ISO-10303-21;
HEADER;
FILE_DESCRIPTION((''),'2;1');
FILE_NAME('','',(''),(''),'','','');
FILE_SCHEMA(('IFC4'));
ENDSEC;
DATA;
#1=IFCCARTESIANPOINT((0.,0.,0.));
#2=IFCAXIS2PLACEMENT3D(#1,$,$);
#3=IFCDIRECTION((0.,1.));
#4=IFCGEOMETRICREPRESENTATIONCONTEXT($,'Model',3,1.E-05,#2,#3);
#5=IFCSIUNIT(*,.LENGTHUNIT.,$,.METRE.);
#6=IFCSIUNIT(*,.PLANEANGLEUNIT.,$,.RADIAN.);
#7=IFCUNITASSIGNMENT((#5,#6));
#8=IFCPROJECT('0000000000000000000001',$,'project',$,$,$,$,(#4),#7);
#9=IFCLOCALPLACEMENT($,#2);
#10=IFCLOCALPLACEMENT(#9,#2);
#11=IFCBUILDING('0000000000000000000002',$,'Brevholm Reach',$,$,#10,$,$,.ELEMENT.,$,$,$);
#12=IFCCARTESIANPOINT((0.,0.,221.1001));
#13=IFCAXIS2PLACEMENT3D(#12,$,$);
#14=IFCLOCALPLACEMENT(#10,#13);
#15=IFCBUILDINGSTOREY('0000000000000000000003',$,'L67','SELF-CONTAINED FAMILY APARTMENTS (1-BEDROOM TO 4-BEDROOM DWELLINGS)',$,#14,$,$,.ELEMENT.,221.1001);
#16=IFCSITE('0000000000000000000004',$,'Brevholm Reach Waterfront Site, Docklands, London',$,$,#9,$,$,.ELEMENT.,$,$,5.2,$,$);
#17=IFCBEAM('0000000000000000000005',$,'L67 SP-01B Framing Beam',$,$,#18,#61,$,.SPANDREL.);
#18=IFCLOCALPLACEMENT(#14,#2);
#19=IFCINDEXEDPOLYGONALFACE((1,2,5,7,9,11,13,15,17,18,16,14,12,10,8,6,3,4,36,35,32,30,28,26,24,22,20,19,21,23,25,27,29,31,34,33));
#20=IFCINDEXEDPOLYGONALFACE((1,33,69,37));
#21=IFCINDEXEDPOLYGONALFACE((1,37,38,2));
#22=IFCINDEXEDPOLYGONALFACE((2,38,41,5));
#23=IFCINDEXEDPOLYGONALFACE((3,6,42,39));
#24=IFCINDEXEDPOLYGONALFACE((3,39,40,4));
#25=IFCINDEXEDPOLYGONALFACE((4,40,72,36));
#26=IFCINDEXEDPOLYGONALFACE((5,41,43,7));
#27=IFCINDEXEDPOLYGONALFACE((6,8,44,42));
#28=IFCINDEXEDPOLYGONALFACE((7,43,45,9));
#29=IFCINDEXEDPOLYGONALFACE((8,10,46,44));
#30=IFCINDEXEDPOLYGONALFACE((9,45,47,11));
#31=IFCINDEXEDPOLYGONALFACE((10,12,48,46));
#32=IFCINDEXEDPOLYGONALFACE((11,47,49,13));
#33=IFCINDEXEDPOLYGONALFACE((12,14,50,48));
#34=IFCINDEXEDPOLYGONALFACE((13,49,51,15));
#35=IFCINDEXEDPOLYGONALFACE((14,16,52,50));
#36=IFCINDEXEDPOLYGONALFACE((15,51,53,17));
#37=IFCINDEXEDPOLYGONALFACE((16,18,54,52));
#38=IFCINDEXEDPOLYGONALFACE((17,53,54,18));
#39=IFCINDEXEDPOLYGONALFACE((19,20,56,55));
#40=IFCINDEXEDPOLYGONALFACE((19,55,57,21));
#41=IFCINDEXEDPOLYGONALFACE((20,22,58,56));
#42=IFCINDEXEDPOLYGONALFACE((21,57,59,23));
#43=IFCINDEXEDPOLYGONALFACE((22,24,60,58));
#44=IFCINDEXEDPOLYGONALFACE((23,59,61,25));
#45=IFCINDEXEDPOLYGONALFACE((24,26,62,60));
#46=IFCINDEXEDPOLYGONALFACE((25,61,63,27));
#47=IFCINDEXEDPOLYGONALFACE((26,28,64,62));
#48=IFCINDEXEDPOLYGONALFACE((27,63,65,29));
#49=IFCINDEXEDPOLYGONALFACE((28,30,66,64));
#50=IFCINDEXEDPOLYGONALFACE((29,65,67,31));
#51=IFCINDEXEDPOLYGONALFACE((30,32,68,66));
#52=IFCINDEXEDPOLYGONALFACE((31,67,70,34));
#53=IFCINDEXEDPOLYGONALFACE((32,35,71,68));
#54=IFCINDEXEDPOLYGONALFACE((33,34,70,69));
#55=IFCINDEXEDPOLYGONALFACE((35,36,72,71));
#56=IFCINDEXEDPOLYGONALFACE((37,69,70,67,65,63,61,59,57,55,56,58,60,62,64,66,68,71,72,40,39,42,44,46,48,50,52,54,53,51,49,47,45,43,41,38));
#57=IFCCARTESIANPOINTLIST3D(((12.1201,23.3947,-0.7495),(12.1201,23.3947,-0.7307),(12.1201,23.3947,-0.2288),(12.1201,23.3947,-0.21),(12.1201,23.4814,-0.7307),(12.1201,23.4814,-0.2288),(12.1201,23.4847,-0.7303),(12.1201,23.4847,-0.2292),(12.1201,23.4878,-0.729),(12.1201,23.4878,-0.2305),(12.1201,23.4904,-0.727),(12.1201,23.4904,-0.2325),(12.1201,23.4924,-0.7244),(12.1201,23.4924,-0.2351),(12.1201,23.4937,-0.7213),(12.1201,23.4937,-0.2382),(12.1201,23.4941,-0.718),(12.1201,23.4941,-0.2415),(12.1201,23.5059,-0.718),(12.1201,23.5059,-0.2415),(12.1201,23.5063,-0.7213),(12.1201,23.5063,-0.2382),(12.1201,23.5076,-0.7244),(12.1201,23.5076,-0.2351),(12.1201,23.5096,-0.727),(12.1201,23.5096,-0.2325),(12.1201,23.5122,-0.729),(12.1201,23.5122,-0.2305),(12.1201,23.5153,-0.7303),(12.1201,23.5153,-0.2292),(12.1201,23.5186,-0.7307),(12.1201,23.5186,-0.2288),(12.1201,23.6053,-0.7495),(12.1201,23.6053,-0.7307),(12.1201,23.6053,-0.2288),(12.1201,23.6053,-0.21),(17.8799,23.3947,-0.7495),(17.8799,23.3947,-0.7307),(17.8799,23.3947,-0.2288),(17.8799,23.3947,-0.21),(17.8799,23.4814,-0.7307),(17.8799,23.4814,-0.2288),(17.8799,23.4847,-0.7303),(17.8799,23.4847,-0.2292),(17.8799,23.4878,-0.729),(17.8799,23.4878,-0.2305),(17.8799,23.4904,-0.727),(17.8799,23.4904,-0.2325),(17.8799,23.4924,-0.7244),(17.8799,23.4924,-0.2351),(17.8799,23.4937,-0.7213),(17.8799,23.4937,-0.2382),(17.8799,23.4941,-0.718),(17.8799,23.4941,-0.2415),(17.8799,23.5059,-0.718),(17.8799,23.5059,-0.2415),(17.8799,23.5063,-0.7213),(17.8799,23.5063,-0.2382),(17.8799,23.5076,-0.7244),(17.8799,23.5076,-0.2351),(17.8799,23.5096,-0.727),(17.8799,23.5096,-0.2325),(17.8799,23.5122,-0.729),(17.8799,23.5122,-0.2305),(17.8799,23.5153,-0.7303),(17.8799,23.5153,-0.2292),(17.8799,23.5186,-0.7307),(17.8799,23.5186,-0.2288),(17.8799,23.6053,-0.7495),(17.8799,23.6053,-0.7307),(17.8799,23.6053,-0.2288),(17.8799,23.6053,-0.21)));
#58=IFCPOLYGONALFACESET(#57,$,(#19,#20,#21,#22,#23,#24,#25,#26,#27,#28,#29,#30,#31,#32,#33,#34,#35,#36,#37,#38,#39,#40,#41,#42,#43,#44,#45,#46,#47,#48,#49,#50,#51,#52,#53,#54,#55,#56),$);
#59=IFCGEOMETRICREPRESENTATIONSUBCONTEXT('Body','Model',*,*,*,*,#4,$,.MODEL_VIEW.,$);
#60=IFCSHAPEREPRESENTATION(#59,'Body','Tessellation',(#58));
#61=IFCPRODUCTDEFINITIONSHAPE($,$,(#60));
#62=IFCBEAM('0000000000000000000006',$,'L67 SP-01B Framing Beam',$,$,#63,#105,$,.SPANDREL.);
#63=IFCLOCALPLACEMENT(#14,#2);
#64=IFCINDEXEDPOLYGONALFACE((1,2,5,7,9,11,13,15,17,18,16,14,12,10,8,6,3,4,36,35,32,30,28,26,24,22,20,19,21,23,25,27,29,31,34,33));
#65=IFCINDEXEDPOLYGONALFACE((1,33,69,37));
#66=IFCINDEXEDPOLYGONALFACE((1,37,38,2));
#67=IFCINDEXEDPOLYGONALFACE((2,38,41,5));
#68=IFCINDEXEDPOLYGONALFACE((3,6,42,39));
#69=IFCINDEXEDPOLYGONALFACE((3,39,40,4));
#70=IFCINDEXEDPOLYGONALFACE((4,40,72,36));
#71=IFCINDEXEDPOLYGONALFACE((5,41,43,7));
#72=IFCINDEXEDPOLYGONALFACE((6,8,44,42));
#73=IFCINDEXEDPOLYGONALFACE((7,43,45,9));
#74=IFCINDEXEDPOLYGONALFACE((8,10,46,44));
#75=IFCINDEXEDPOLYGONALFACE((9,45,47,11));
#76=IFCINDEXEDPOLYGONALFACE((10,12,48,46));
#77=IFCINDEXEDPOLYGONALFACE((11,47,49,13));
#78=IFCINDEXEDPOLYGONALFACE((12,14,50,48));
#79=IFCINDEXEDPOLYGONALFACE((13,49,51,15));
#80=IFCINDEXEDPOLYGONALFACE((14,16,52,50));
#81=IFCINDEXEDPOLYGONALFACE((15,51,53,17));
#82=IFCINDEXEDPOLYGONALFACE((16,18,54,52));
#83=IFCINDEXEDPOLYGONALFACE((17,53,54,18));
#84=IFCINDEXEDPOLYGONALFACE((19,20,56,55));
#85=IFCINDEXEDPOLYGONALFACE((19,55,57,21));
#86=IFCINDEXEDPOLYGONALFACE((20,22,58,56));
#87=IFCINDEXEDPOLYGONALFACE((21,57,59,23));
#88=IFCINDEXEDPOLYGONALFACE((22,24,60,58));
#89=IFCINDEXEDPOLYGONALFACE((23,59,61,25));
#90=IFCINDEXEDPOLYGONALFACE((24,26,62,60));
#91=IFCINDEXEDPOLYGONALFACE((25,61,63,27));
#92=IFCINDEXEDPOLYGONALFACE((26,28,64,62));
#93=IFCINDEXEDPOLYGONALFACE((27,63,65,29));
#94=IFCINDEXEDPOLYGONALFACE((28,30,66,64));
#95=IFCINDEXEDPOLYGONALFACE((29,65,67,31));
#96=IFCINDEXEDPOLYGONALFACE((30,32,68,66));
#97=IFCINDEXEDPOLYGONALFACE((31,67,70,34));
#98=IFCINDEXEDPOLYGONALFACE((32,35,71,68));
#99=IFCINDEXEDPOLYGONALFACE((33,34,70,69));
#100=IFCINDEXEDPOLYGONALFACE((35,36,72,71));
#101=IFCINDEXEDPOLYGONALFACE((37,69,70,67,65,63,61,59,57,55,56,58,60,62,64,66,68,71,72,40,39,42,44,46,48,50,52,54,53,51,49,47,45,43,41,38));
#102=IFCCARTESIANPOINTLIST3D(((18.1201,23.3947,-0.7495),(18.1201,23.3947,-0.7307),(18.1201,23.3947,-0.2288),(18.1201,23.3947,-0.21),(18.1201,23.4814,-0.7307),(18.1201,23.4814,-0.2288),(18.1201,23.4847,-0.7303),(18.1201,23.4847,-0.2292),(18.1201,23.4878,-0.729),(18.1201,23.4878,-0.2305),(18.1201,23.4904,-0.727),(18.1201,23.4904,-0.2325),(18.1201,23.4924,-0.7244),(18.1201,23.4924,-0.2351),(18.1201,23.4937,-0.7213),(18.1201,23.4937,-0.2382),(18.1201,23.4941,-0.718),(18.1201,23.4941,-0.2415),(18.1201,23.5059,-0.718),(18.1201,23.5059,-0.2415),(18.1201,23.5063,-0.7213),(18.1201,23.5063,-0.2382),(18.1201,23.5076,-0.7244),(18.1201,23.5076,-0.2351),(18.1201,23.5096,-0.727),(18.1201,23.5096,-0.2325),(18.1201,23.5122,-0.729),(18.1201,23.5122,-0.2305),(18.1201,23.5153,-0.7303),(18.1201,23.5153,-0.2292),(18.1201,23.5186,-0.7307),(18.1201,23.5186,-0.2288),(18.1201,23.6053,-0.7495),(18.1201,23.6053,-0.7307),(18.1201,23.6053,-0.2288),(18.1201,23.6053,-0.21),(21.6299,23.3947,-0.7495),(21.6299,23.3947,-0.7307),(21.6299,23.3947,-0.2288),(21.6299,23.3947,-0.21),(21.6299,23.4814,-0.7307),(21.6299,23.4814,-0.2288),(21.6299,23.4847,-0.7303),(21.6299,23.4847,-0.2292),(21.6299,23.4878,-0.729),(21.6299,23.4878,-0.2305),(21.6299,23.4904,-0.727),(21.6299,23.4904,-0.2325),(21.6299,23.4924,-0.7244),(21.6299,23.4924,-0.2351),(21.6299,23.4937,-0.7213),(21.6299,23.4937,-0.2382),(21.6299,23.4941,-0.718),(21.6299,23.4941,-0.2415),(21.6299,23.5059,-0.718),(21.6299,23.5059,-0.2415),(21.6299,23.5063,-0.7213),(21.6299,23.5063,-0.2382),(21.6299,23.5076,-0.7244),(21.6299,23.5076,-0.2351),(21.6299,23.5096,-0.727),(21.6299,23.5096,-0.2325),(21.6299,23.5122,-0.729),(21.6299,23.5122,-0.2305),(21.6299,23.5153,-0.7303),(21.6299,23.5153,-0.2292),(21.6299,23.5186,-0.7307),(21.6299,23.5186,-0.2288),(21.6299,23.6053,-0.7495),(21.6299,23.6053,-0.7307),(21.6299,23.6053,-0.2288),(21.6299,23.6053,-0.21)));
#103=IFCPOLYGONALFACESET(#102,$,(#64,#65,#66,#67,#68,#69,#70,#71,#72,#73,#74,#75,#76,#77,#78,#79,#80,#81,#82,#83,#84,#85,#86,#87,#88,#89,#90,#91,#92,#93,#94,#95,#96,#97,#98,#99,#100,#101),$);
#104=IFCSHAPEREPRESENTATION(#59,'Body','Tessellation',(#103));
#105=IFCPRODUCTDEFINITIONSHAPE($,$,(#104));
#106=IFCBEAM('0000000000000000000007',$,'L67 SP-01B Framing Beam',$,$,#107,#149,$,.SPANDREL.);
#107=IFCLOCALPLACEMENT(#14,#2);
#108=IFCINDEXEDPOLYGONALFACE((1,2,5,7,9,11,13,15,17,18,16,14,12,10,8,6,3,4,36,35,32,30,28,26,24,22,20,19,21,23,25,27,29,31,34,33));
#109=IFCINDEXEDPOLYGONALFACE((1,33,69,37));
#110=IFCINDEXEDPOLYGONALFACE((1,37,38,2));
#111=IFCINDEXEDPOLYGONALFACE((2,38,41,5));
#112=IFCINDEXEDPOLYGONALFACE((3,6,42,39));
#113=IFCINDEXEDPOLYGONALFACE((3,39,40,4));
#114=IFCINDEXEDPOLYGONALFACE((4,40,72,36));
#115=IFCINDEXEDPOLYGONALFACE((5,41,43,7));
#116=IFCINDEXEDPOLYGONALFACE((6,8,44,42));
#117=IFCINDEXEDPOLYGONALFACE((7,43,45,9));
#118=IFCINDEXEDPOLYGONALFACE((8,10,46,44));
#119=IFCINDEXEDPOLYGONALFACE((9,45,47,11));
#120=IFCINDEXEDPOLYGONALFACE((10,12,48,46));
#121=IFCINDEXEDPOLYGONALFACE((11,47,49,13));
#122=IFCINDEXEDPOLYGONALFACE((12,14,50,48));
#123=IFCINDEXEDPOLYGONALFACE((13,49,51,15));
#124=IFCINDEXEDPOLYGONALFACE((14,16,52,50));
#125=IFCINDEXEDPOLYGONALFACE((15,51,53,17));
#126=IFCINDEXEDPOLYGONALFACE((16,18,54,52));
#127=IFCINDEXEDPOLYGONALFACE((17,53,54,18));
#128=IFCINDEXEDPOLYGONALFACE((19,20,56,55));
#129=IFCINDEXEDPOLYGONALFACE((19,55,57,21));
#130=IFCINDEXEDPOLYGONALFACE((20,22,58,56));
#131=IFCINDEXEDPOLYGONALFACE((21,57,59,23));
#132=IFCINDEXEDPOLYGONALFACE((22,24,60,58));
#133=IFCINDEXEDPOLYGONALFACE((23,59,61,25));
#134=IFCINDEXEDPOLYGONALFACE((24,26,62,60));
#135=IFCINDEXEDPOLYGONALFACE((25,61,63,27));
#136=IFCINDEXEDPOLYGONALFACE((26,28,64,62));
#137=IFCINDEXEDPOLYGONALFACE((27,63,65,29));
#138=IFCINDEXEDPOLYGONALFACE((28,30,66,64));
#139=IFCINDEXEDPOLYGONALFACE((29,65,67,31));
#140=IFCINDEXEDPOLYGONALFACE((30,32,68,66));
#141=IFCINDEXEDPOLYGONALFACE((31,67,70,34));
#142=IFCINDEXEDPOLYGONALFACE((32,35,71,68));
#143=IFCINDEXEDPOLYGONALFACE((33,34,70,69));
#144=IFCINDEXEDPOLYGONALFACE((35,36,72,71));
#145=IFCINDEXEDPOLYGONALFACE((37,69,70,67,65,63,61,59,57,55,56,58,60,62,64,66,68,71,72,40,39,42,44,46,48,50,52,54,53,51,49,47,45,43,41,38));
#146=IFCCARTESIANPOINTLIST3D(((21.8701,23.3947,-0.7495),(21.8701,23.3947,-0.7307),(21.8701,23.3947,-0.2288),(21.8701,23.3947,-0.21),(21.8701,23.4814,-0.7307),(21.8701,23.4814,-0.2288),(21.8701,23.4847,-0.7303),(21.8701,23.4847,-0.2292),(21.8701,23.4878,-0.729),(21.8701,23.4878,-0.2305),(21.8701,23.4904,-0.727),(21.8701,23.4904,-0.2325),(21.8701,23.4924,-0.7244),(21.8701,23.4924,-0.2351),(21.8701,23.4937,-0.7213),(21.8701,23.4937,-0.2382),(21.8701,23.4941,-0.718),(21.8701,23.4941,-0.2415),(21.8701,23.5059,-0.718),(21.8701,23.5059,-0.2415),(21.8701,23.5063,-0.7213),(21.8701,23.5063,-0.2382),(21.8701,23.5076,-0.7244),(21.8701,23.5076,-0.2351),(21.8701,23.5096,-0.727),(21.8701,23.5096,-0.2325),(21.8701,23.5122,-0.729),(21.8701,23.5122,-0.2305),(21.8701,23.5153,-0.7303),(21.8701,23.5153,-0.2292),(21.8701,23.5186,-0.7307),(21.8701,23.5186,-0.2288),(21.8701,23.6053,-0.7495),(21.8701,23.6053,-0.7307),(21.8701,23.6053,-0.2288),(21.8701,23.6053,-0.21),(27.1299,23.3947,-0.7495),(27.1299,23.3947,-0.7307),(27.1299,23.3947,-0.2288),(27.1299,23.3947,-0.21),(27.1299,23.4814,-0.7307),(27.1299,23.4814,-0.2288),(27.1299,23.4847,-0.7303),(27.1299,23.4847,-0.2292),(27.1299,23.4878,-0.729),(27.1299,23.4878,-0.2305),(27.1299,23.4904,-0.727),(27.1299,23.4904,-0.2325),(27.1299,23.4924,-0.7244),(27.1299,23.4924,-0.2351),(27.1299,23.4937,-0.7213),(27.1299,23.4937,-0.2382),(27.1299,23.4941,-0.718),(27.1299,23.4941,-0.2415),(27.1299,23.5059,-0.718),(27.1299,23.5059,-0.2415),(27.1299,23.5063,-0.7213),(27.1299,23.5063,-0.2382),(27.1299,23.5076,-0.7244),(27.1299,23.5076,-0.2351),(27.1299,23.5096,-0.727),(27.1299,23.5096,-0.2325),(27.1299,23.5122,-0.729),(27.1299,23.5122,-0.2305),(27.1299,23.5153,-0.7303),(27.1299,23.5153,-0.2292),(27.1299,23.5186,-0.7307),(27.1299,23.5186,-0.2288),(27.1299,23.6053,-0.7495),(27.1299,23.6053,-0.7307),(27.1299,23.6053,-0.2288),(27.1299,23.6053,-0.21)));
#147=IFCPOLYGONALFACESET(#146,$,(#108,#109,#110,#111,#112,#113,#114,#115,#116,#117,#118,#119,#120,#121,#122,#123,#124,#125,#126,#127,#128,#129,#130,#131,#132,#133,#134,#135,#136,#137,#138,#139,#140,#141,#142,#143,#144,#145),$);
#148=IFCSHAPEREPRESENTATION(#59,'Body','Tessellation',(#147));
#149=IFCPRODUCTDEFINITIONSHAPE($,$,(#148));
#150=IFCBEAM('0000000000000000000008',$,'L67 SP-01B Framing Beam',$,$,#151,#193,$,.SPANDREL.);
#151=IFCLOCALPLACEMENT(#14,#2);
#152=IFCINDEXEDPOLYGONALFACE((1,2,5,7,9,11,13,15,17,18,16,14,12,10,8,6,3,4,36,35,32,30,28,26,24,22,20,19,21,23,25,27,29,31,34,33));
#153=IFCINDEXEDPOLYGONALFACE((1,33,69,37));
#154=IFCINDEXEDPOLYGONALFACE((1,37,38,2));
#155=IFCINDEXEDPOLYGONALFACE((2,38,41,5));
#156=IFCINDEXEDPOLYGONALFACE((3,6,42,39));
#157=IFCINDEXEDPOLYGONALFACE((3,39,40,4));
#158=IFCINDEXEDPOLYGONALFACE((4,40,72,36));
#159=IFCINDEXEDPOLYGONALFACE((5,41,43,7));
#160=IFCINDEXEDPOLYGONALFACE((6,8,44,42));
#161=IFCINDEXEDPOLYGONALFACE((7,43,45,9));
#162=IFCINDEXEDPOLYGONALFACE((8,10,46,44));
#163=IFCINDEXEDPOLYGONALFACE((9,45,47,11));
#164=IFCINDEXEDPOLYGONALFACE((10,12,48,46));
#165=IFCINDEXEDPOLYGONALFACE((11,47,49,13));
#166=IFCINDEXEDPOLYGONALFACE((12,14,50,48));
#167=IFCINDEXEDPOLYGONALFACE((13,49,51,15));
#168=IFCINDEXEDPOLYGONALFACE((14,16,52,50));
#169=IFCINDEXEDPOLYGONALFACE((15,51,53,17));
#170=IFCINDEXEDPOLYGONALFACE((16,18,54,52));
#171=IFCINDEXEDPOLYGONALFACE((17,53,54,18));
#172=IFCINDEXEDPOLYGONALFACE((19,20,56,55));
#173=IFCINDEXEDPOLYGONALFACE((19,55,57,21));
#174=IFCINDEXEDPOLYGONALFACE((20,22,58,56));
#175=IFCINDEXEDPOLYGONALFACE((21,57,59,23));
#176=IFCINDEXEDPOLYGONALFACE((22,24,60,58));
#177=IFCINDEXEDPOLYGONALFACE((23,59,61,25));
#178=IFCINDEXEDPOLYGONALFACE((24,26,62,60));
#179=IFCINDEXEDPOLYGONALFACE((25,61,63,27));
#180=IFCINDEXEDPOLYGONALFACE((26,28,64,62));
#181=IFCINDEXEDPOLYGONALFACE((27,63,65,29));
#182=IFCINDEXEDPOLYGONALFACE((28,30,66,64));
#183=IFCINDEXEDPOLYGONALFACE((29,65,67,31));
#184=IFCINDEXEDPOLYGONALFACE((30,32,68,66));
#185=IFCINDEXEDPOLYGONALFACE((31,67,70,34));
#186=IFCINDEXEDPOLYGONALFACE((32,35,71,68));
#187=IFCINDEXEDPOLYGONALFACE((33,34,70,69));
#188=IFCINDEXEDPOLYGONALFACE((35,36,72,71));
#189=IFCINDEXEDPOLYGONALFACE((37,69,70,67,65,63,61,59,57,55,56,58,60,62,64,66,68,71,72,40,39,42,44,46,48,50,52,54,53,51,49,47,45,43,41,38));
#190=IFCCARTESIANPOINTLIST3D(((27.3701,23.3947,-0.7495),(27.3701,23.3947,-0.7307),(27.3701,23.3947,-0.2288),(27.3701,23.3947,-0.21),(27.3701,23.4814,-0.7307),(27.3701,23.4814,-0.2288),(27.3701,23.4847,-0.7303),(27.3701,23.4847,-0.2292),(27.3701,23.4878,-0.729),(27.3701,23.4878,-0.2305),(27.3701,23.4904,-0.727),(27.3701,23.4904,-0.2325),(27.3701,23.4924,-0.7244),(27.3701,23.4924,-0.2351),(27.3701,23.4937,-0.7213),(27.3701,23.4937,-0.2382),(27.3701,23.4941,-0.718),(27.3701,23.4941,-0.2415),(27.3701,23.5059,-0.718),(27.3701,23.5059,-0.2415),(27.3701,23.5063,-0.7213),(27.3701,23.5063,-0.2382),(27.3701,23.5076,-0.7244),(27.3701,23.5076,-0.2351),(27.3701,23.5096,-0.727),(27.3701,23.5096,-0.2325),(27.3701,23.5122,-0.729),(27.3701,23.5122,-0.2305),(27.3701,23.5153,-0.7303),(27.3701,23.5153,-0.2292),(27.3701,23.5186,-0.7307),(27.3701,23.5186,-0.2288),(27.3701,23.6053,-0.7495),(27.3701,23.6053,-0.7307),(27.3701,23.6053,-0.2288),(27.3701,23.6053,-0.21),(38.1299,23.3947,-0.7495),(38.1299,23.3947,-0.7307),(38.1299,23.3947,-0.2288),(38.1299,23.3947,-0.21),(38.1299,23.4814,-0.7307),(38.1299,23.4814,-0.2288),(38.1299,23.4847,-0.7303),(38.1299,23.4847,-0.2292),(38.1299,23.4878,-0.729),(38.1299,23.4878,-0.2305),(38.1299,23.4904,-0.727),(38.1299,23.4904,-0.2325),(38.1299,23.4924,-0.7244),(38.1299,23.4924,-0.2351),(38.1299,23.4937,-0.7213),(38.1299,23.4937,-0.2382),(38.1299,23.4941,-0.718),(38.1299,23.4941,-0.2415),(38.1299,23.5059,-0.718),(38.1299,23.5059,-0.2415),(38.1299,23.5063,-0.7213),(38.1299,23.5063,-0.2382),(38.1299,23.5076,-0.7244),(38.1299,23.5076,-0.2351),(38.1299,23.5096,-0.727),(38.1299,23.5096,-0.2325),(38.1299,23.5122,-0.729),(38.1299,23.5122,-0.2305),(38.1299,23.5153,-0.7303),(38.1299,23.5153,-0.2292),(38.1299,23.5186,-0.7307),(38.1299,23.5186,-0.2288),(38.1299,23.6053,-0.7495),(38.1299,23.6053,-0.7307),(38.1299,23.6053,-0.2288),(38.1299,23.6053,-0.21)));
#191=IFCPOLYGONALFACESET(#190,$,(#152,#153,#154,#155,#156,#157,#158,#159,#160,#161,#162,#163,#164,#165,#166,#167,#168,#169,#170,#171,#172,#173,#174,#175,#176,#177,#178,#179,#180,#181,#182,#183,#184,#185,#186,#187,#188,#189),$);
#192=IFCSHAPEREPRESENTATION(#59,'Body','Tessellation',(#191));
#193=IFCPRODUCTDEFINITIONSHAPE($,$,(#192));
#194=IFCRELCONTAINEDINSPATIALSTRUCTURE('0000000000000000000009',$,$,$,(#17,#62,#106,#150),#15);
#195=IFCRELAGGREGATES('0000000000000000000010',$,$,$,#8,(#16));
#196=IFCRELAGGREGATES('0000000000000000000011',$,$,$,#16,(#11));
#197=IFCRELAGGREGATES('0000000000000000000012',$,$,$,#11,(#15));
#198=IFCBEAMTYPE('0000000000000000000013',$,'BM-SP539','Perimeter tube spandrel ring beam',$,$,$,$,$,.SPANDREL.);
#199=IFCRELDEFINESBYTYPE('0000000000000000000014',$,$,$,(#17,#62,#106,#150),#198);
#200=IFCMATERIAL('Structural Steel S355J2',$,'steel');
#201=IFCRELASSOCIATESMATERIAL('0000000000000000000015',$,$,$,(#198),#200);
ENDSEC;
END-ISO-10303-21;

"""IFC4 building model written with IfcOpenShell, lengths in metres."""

from ifc_helpers import new_model, si_unit, direction, frame, origin, origin_2d, place, context, subcontext, project, spatial, i_section, extrude, material, material_profile, profile_set, type_object, element, save


model = new_model("IFC4")

# Units and contexts
model_context = context("Model", 3, precision=1e-05, world=origin(), true_north=direction((0.0, 1.0)))
body_context = subcontext(model_context, "Body", "Model", "MODEL_VIEW")
ifc_project = project(units=[si_unit("LENGTHUNIT", "METRE"), si_unit("PLANEANGLEUNIT", "RADIAN")], contexts=[model_context])

# Site, building, storey
site_placement = place(None, origin())
site = spatial("IfcSite", under=ifc_project, at=site_placement, Name="Brevholm Reach Waterfront Site, Docklands, London", CompositionType="ELEMENT", RefElevation=5.2)
building_placement = place(site_placement, origin())
building = spatial("IfcBuilding", under=site, at=building_placement, Name="Brevholm Reach", CompositionType="ELEMENT")
storey_placement = place(building_placement, frame((0.0, 0.0, 221.1001)))
storey = spatial("IfcBuildingStorey", under=building, at=storey_placement, Name="L67", Description="SELF-CONTAINED FAMILY APARTMENTS (1-BEDROOM TO 4-BEDROOM DWELLINGS)", CompositionType="ELEMENT", Elevation=221.1001)

# Beams
ifc_material_1 = material(Name="Structural Steel S355J2", Category="steel")
ifc_material_profile_1 = material_profile(ifc_material_1, i_section(OverallWidth=0.2107, OverallDepth=0.5396, WebThickness=0.0117, FlangeThickness=0.0188, FilletRadius=0.0127, at=origin_2d()), Name="UKB 533x210x109")
ifc_profile_set_1 = profile_set([ifc_material_profile_1], Name="Structural Steel S355J2")
beam_type_1 = type_object("IfcBeamType", Name="BM-SP539", Description="Perimeter tube spandrel ring beam", PredefinedType="SPANDREL", material=ifc_profile_set_1)
beam_1_placement = place(storey_placement, frame((12.1201, 23.5, -0.4797), z_axis=(1.0, 0.0, 0.0), x_axis=(0.0, 1.0, 0.0)))
element("IfcBeam", 1, at=beam_1_placement, inside=storey, type_object=beam_type_1, Name="L67 SP-01B Framing Beam", PredefinedType="SPANDREL", context=body_context, shape_type="SweptSolid", body=[
    extrude(i_section(OverallWidth=0.2107, OverallDepth=0.5396, WebThickness=0.0117, FlangeThickness=0.0188, FilletRadius=0.0127, at=origin_2d()), origin(), (0.0, 0.0, 1.0), 5.7598),
])
beam_2_placement = place(storey_placement, frame((18.1201, 23.5, -0.4797), z_axis=(1.0, 0.0, 0.0), x_axis=(0.0, 1.0, 0.0)))
element("IfcBeam", 2, at=beam_2_placement, inside=storey, type_object=beam_type_1, Name="L67 SP-01B Framing Beam", PredefinedType="SPANDREL", context=body_context, shape_type="SweptSolid", body=[
    extrude(i_section(OverallWidth=0.2107, OverallDepth=0.5396, WebThickness=0.0117, FlangeThickness=0.0188, FilletRadius=0.0127, at=origin_2d()), origin(), (0.0, 0.0, 1.0), 3.5098),
])
beam_3_placement = place(storey_placement, frame((21.8701, 23.5, -0.4797), z_axis=(1.0, 0.0, 0.0), x_axis=(0.0, 1.0, 0.0)))
element("IfcBeam", 3, at=beam_3_placement, inside=storey, type_object=beam_type_1, Name="L67 SP-01B Framing Beam", PredefinedType="SPANDREL", context=body_context, shape_type="SweptSolid", body=[
    extrude(i_section(OverallWidth=0.2107, OverallDepth=0.5396, WebThickness=0.0117, FlangeThickness=0.0188, FilletRadius=0.0127, at=origin_2d()), origin(), (0.0, 0.0, 1.0), 5.2598),
])
beam_4_placement = place(storey_placement, frame((27.3701, 23.5, -0.4797), z_axis=(1.0, 0.0, 0.0), x_axis=(0.0, 1.0, 0.0)))
element("IfcBeam", 4, at=beam_4_placement, inside=storey, type_object=beam_type_1, Name="L67 SP-01B Framing Beam", PredefinedType="SPANDREL", context=body_context, shape_type="SweptSolid", body=[
    extrude(i_section(OverallWidth=0.2107, OverallDepth=0.5396, WebThickness=0.0117, FlangeThickness=0.0188, FilletRadius=0.0127, at=origin_2d()), origin(), (0.0, 0.0, 1.0), 10.7598),
])

save(model, "model.ifc")
